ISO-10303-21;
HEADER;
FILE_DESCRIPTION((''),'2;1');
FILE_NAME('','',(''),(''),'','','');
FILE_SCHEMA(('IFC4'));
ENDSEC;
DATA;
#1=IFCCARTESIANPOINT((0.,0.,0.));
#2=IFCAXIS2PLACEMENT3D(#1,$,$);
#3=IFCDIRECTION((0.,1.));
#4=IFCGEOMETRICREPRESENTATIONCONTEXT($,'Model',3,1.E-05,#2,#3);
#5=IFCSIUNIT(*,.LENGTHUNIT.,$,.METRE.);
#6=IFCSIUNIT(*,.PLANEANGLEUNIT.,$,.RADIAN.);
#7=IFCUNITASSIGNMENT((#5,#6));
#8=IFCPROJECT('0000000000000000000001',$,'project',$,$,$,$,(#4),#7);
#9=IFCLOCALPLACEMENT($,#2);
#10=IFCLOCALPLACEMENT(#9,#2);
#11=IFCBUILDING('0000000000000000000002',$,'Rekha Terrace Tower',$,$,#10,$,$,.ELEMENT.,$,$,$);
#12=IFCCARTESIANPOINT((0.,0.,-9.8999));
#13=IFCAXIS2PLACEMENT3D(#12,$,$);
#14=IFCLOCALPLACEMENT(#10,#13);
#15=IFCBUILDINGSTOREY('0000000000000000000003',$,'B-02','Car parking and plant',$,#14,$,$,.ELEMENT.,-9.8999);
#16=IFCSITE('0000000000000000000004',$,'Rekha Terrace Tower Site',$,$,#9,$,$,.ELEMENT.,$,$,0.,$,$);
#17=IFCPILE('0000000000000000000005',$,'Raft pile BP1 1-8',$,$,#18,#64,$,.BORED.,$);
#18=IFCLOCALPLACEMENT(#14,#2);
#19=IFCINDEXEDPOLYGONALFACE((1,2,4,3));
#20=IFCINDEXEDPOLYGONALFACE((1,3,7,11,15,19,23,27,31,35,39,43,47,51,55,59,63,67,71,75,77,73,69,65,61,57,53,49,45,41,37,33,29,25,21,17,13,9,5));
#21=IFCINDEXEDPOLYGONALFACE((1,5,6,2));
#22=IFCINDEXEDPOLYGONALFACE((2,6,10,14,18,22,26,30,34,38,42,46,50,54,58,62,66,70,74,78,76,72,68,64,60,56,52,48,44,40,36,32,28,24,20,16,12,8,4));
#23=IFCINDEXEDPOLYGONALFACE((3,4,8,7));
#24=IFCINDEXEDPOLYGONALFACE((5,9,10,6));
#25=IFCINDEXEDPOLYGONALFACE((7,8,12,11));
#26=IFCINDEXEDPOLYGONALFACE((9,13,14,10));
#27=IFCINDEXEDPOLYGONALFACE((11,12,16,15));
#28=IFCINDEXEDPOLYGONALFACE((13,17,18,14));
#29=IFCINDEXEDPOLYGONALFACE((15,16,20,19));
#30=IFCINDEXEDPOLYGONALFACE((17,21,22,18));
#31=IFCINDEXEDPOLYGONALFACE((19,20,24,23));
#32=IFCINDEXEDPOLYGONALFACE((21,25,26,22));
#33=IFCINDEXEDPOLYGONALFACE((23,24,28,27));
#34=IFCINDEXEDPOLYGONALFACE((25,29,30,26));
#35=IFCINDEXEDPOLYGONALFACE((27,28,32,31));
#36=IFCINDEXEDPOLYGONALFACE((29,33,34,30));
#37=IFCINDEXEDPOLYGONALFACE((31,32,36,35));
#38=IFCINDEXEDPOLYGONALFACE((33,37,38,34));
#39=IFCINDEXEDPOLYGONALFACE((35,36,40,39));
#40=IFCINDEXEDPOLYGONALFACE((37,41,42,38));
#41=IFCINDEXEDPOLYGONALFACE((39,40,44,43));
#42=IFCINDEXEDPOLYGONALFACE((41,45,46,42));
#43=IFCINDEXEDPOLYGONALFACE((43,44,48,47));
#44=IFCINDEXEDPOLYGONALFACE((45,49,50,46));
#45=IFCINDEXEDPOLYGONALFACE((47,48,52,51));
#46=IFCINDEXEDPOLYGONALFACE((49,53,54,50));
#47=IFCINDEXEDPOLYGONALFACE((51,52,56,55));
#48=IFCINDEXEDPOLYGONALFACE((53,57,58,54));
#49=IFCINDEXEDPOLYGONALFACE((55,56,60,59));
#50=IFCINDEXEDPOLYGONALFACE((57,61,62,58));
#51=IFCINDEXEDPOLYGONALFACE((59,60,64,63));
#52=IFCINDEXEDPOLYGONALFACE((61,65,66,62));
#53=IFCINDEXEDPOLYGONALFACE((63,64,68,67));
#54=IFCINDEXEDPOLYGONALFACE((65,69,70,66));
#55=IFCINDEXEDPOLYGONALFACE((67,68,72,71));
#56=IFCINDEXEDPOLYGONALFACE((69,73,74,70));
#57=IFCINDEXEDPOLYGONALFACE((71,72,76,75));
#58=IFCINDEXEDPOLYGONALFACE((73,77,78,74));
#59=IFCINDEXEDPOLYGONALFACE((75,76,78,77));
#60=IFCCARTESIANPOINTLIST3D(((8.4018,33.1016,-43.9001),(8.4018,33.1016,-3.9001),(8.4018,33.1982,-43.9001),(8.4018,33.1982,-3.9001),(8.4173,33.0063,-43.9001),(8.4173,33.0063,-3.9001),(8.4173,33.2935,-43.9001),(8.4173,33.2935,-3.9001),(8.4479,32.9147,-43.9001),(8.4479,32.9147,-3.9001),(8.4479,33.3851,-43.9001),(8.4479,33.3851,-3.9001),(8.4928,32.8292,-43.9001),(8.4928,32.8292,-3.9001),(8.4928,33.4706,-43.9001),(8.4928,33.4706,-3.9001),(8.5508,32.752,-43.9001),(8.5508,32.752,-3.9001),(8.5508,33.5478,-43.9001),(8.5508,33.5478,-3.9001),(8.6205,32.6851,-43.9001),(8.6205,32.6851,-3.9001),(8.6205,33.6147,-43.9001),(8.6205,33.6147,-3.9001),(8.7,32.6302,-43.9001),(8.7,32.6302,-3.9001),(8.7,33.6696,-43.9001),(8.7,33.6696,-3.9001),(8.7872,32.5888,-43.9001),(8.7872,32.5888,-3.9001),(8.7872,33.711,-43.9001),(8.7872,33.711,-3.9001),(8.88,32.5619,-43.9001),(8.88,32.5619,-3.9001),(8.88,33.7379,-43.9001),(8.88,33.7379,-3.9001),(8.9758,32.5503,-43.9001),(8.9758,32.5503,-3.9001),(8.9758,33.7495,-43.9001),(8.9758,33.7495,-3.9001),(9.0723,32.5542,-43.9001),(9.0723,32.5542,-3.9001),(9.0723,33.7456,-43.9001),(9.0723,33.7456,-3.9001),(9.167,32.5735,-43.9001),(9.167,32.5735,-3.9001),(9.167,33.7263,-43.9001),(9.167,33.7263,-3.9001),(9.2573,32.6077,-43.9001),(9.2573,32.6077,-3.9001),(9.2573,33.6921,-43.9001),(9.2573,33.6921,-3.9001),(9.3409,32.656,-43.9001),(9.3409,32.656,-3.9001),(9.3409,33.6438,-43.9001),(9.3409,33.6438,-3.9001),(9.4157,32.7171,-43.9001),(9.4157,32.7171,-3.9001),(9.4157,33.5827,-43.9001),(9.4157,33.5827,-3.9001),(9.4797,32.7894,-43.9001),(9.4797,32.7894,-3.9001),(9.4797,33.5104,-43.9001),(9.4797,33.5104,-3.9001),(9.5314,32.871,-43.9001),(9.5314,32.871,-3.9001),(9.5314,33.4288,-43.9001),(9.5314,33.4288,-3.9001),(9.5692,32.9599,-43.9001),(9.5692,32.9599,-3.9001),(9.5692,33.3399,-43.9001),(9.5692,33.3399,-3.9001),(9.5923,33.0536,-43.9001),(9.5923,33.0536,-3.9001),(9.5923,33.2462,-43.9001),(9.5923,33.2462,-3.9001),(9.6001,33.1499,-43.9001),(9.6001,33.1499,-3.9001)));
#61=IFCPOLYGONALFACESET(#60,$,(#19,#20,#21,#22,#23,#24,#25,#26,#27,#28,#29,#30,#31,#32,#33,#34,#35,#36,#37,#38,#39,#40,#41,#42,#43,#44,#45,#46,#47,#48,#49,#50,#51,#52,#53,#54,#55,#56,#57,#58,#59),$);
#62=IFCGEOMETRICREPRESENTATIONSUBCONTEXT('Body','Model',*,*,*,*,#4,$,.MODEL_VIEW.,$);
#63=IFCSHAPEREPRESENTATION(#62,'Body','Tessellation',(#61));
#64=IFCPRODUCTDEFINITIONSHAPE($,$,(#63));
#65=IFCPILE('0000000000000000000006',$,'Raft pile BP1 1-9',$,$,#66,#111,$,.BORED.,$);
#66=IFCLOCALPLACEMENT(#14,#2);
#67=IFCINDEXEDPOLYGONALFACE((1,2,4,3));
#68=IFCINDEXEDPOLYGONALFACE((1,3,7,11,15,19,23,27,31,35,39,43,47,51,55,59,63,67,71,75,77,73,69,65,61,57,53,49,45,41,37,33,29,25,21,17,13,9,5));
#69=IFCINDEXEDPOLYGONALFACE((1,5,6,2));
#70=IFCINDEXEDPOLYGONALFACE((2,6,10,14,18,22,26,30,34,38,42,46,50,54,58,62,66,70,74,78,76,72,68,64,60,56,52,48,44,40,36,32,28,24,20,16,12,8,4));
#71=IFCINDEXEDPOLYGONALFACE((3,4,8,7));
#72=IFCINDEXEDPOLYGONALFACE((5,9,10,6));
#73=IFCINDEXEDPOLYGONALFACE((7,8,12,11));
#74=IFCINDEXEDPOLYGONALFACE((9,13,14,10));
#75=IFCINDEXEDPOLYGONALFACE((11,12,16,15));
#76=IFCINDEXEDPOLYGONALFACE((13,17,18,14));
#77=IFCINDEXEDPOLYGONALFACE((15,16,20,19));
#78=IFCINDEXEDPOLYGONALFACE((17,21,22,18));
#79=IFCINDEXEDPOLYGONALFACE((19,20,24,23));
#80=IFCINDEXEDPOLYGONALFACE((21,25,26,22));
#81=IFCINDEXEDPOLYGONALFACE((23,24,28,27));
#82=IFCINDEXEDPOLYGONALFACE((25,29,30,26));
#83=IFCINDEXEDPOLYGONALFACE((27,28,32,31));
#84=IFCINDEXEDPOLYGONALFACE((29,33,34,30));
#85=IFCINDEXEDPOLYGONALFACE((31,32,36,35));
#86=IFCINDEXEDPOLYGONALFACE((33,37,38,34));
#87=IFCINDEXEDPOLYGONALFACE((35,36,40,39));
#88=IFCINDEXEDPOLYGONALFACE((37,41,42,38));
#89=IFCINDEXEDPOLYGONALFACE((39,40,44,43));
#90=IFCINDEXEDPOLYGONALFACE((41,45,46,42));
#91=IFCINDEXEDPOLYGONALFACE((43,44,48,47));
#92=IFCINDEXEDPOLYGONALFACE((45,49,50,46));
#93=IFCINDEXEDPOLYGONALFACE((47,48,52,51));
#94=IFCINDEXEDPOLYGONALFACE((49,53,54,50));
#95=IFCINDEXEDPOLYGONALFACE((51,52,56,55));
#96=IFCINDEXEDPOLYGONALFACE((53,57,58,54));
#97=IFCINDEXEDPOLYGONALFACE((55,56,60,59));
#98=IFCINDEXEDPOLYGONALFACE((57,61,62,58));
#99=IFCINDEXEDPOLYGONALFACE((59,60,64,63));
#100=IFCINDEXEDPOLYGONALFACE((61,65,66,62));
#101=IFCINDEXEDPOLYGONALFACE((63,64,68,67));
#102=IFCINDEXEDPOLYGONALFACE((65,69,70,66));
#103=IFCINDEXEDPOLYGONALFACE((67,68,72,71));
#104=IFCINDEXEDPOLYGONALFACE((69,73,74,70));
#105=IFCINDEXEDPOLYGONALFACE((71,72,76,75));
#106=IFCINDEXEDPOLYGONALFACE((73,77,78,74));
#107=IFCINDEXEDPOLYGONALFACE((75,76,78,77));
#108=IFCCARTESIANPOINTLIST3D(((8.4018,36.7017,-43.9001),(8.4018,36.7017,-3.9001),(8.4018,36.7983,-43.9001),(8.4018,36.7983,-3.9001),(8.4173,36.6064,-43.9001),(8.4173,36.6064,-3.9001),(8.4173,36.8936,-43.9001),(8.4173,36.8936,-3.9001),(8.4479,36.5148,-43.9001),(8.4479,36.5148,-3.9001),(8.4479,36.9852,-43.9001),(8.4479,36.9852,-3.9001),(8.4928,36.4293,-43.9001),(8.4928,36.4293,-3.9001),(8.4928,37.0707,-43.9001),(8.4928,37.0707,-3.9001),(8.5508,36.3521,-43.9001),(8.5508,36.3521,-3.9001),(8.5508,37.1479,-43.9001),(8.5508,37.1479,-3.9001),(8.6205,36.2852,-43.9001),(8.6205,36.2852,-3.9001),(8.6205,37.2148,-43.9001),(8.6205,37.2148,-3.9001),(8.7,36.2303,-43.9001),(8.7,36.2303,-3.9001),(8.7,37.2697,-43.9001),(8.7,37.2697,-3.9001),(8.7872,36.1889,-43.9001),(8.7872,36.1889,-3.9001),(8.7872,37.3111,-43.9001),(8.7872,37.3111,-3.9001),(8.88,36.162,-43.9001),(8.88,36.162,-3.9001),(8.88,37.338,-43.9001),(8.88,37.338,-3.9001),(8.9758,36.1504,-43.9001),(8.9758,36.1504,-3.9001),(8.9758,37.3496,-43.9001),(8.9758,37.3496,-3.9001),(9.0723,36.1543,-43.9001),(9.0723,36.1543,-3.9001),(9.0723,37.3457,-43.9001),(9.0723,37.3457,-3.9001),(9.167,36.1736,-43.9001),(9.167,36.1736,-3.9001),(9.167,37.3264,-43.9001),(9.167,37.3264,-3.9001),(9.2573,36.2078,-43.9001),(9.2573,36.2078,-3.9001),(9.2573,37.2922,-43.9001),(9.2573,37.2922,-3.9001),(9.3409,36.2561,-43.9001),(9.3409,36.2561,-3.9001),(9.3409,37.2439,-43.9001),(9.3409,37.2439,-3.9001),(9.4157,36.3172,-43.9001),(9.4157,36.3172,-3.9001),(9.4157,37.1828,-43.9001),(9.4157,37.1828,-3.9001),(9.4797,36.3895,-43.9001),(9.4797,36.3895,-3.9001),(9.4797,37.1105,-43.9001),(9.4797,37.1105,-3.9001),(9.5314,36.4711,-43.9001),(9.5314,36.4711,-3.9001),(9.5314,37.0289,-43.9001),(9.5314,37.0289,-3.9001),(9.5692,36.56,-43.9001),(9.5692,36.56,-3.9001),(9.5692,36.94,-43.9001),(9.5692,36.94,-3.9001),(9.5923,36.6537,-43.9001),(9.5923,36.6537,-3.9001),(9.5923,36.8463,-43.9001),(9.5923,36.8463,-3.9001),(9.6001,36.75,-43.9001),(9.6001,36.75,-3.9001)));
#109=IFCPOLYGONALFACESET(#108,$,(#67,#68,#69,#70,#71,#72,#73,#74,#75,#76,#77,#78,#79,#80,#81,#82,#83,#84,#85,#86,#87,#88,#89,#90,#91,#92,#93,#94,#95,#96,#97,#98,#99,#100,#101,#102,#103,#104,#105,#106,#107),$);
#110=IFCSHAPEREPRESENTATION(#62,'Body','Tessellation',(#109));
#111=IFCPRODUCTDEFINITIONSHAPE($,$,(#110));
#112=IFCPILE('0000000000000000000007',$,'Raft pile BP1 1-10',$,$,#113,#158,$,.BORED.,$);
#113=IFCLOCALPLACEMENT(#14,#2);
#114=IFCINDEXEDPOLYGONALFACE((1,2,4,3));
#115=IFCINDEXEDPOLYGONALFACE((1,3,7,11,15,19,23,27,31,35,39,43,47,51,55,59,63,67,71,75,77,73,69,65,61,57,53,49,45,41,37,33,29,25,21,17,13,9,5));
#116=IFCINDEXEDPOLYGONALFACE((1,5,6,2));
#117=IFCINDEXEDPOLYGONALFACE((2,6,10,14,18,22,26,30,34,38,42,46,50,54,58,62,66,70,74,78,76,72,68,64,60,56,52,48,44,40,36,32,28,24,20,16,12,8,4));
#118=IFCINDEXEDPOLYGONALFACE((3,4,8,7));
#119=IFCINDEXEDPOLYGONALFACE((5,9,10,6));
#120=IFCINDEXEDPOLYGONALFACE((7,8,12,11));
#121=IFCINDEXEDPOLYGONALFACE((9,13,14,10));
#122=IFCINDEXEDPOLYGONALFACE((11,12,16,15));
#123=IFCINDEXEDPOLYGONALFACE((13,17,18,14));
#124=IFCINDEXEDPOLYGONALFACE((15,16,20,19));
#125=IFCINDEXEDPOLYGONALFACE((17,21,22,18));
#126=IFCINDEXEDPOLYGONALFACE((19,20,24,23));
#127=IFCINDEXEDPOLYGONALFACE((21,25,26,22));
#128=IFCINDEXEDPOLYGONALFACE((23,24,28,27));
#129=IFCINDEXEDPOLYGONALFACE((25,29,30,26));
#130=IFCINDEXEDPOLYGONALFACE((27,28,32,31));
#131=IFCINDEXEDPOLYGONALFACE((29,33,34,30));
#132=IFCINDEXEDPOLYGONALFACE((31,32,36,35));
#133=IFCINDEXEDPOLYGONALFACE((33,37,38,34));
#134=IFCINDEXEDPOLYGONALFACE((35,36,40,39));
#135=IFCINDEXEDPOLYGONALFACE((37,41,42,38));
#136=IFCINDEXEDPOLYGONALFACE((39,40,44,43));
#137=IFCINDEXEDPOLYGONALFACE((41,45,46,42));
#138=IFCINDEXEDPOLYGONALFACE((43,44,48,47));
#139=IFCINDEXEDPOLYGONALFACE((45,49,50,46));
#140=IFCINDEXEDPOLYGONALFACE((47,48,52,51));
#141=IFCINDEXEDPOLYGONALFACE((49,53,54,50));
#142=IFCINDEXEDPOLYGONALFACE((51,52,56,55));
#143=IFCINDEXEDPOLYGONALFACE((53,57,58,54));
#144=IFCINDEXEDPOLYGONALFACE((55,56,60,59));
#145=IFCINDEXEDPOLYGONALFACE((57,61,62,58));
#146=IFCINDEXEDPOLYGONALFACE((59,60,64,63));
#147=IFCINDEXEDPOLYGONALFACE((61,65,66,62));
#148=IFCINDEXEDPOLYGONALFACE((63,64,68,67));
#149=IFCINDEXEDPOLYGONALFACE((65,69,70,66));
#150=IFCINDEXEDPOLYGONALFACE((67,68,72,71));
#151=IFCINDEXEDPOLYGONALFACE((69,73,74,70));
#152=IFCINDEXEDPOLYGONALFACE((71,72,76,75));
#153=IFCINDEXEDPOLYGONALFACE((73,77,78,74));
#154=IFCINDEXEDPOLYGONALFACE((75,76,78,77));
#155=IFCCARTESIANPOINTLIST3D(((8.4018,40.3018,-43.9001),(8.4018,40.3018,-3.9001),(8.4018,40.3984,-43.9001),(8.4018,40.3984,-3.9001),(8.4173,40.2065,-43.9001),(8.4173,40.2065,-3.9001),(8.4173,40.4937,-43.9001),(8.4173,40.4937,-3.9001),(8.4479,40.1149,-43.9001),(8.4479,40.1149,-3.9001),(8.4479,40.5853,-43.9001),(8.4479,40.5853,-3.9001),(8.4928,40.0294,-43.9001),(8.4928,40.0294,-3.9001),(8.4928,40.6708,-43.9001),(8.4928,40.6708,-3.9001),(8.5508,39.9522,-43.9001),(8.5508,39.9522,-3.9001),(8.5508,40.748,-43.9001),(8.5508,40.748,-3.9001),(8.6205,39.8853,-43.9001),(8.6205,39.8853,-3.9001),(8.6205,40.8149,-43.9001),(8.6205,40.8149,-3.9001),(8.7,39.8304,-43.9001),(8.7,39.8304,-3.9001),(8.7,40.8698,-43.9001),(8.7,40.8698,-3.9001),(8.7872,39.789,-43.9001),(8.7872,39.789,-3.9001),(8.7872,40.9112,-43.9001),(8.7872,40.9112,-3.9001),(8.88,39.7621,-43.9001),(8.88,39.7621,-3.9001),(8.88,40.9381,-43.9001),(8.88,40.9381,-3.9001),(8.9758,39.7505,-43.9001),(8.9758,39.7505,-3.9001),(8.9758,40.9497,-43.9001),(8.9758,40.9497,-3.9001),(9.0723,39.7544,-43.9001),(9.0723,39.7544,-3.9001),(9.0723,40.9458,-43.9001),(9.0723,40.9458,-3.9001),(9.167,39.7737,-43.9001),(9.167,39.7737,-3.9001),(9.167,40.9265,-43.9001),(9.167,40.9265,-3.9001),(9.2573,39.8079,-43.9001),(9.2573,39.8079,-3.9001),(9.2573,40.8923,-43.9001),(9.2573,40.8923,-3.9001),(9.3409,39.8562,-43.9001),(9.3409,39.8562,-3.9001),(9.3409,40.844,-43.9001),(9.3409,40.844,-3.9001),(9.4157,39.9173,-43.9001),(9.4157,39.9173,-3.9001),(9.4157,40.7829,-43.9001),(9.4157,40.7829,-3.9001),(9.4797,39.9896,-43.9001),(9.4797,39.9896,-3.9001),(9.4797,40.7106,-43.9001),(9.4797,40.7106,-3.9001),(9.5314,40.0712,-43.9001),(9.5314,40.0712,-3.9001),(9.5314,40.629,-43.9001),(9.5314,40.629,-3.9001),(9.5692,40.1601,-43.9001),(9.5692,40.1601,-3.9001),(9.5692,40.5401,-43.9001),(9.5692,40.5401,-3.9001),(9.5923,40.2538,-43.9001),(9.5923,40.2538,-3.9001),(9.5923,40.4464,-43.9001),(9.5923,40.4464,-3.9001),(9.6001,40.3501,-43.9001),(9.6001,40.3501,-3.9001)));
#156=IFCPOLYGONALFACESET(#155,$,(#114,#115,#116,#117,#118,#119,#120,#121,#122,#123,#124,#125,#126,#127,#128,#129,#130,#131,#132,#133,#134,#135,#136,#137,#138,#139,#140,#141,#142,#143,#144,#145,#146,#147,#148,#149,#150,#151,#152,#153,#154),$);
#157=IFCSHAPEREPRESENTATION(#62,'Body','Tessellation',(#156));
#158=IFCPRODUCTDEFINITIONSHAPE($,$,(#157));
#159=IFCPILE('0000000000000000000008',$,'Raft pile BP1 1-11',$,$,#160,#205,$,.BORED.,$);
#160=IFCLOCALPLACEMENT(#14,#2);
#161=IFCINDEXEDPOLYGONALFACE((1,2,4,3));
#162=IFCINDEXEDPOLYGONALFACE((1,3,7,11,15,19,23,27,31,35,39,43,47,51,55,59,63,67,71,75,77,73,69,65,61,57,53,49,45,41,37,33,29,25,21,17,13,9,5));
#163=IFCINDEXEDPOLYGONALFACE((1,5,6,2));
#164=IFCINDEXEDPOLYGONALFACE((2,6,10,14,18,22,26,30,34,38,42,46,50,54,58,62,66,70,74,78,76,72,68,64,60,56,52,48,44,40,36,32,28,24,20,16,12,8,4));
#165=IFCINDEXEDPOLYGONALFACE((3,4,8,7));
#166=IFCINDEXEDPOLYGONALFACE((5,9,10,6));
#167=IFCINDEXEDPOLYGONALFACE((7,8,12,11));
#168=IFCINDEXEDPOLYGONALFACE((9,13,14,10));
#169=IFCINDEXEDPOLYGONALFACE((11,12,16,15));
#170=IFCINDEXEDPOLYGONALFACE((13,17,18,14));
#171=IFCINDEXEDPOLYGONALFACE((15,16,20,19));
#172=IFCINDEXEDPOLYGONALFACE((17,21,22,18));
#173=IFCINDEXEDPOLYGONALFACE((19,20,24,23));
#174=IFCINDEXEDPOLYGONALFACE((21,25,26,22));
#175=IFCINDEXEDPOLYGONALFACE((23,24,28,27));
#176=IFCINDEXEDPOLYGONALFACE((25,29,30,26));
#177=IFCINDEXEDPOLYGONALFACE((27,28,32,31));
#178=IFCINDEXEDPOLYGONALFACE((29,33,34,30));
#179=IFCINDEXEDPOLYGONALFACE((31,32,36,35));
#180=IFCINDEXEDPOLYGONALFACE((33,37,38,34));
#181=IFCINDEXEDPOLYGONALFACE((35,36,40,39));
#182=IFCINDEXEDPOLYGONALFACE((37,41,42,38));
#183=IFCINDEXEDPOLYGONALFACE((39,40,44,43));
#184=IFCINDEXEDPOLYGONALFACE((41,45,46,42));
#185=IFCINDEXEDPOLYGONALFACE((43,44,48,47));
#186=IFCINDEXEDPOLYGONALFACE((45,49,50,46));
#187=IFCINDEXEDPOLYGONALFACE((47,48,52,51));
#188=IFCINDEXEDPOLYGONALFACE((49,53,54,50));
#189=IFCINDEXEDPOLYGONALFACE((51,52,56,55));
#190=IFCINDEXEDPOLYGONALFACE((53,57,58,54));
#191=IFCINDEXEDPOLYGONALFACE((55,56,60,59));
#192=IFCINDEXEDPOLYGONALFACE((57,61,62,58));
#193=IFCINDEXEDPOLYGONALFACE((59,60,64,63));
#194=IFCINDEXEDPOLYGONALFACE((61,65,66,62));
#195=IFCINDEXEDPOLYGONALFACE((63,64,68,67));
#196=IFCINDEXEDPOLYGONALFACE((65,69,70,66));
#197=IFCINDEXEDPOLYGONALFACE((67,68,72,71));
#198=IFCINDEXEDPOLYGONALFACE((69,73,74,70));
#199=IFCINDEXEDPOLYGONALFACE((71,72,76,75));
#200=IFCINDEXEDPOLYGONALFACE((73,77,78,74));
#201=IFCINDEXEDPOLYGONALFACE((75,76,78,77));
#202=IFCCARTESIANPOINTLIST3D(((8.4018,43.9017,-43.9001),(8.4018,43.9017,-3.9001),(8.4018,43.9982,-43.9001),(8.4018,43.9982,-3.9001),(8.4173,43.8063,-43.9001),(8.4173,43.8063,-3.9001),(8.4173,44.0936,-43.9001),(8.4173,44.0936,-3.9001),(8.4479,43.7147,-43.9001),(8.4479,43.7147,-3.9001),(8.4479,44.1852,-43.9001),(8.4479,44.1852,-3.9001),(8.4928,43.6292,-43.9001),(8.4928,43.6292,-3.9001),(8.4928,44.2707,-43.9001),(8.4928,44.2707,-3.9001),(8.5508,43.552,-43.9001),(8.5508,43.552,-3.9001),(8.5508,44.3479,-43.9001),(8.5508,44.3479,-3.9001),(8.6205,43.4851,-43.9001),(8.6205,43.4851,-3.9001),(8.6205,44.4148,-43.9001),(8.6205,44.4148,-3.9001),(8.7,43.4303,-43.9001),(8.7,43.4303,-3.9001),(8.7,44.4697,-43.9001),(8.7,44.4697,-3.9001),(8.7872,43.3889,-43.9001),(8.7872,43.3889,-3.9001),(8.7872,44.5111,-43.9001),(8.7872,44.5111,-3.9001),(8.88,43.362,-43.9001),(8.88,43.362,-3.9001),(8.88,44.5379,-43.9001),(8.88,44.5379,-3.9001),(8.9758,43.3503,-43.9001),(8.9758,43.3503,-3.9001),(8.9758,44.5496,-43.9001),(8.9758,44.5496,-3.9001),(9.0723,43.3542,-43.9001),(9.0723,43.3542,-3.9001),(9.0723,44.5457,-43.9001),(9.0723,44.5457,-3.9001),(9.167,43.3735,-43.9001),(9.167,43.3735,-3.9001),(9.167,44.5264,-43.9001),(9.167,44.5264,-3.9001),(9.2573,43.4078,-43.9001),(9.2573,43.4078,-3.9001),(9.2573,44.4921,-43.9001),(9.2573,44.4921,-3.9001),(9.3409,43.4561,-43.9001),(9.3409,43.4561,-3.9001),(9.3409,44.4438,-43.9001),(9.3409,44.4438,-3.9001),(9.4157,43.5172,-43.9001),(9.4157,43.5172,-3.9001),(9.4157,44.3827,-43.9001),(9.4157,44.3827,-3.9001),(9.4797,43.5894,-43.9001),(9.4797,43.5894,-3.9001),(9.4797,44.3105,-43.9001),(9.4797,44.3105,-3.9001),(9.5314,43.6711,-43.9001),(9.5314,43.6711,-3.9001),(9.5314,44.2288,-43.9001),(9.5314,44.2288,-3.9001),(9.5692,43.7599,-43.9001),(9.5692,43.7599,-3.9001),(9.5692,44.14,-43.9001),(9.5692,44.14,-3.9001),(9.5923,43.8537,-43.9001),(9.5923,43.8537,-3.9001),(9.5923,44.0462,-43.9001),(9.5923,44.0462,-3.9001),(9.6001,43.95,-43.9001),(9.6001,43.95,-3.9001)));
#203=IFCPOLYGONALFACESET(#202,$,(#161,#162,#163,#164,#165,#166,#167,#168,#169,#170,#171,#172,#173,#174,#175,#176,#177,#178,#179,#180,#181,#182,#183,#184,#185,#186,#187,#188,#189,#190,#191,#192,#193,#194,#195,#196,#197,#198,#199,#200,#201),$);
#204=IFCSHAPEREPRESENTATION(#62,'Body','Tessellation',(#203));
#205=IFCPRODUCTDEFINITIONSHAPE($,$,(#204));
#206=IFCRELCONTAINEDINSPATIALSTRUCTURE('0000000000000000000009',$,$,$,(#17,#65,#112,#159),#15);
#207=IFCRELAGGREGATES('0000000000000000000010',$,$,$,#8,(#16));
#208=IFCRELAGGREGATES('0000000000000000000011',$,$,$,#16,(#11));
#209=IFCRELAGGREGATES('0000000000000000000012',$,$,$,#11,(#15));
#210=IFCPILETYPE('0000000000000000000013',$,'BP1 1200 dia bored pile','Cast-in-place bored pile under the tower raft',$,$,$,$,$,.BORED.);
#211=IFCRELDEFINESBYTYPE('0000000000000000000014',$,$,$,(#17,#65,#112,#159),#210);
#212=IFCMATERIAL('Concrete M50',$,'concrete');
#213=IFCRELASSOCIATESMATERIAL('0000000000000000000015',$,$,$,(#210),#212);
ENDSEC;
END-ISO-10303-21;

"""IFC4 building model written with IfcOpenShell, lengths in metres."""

from ifc_helpers import new_model, si_unit, direction, frame, origin, origin_2d, place, context, subcontext, project, spatial, circle, extrude, material, type_object, element, save


model = new_model("IFC4")

# Units and contexts
model_context = context("Model", 3, precision=1e-05, world=origin(), true_north=direction((0.0, 1.0)))
body_context = subcontext(model_context, "Body", "Model", "MODEL_VIEW")
ifc_project = project(units=[si_unit("LENGTHUNIT", "METRE"), si_unit("PLANEANGLEUNIT", "RADIAN")], contexts=[model_context])

# Site, building, storey
site_placement = place(None, origin())
site = spatial("IfcSite", under=ifc_project, at=site_placement, Name="Rekha Terrace Tower Site", CompositionType="ELEMENT", RefElevation=0.0)
building_placement = place(site_placement, origin())
building = spatial("IfcBuilding", under=site, at=building_placement, Name="Rekha Terrace Tower", CompositionType="ELEMENT")
storey_placement = place(building_placement, frame((0.0, 0.0, -9.8999)))
storey = spatial("IfcBuildingStorey", under=building, at=storey_placement, Name="B-02", Description="Car parking and plant", CompositionType="ELEMENT", Elevation=-9.8999)

# Piles
ifc_material_1 = material(Name="Concrete M50", Category="concrete")
pile_type = type_object("IfcPileType", Name="BP1 1200 dia bored pile", Description="Cast-in-place bored pile under the tower raft", PredefinedType="BORED", material=ifc_material_1)
for number, where, z_axis, x_axis, name in (
    (1, (9.0, 33.1499, -3.9001), (0.0, 0.0, -1.0), (1.0, 0.0, 0.0), "Raft pile BP1 1-8"),
    (2, (9.0, 36.75, -3.9001), (0.0, 0.0, -1.0), (1.0, 0.0, 0.0), "Raft pile BP1 1-9"),
    (3, (9.0, 40.3501, -3.9001), (0.0, 0.0, -1.0), (1.0, 0.0, 0.0), "Raft pile BP1 1-10"),
    (4, (9.0, 43.95, -3.9001), (0.0, 0.0, -1.0), (1.0, 0.0, 0.0), "Raft pile BP1 1-11"),
):
    element("IfcPile", number, at=place(storey_placement, frame(where, z_axis=z_axis, x_axis=x_axis)), inside=storey, type_object=pile_type, Name=name, PredefinedType="BORED", context=body_context, shape_type="SweptSolid", body=[
        extrude(circle(Radius=0.6001, at=origin_2d()), origin(), (0.0, 0.0, 1.0), 40.0),
    ])

save(model, "model.ifc")
